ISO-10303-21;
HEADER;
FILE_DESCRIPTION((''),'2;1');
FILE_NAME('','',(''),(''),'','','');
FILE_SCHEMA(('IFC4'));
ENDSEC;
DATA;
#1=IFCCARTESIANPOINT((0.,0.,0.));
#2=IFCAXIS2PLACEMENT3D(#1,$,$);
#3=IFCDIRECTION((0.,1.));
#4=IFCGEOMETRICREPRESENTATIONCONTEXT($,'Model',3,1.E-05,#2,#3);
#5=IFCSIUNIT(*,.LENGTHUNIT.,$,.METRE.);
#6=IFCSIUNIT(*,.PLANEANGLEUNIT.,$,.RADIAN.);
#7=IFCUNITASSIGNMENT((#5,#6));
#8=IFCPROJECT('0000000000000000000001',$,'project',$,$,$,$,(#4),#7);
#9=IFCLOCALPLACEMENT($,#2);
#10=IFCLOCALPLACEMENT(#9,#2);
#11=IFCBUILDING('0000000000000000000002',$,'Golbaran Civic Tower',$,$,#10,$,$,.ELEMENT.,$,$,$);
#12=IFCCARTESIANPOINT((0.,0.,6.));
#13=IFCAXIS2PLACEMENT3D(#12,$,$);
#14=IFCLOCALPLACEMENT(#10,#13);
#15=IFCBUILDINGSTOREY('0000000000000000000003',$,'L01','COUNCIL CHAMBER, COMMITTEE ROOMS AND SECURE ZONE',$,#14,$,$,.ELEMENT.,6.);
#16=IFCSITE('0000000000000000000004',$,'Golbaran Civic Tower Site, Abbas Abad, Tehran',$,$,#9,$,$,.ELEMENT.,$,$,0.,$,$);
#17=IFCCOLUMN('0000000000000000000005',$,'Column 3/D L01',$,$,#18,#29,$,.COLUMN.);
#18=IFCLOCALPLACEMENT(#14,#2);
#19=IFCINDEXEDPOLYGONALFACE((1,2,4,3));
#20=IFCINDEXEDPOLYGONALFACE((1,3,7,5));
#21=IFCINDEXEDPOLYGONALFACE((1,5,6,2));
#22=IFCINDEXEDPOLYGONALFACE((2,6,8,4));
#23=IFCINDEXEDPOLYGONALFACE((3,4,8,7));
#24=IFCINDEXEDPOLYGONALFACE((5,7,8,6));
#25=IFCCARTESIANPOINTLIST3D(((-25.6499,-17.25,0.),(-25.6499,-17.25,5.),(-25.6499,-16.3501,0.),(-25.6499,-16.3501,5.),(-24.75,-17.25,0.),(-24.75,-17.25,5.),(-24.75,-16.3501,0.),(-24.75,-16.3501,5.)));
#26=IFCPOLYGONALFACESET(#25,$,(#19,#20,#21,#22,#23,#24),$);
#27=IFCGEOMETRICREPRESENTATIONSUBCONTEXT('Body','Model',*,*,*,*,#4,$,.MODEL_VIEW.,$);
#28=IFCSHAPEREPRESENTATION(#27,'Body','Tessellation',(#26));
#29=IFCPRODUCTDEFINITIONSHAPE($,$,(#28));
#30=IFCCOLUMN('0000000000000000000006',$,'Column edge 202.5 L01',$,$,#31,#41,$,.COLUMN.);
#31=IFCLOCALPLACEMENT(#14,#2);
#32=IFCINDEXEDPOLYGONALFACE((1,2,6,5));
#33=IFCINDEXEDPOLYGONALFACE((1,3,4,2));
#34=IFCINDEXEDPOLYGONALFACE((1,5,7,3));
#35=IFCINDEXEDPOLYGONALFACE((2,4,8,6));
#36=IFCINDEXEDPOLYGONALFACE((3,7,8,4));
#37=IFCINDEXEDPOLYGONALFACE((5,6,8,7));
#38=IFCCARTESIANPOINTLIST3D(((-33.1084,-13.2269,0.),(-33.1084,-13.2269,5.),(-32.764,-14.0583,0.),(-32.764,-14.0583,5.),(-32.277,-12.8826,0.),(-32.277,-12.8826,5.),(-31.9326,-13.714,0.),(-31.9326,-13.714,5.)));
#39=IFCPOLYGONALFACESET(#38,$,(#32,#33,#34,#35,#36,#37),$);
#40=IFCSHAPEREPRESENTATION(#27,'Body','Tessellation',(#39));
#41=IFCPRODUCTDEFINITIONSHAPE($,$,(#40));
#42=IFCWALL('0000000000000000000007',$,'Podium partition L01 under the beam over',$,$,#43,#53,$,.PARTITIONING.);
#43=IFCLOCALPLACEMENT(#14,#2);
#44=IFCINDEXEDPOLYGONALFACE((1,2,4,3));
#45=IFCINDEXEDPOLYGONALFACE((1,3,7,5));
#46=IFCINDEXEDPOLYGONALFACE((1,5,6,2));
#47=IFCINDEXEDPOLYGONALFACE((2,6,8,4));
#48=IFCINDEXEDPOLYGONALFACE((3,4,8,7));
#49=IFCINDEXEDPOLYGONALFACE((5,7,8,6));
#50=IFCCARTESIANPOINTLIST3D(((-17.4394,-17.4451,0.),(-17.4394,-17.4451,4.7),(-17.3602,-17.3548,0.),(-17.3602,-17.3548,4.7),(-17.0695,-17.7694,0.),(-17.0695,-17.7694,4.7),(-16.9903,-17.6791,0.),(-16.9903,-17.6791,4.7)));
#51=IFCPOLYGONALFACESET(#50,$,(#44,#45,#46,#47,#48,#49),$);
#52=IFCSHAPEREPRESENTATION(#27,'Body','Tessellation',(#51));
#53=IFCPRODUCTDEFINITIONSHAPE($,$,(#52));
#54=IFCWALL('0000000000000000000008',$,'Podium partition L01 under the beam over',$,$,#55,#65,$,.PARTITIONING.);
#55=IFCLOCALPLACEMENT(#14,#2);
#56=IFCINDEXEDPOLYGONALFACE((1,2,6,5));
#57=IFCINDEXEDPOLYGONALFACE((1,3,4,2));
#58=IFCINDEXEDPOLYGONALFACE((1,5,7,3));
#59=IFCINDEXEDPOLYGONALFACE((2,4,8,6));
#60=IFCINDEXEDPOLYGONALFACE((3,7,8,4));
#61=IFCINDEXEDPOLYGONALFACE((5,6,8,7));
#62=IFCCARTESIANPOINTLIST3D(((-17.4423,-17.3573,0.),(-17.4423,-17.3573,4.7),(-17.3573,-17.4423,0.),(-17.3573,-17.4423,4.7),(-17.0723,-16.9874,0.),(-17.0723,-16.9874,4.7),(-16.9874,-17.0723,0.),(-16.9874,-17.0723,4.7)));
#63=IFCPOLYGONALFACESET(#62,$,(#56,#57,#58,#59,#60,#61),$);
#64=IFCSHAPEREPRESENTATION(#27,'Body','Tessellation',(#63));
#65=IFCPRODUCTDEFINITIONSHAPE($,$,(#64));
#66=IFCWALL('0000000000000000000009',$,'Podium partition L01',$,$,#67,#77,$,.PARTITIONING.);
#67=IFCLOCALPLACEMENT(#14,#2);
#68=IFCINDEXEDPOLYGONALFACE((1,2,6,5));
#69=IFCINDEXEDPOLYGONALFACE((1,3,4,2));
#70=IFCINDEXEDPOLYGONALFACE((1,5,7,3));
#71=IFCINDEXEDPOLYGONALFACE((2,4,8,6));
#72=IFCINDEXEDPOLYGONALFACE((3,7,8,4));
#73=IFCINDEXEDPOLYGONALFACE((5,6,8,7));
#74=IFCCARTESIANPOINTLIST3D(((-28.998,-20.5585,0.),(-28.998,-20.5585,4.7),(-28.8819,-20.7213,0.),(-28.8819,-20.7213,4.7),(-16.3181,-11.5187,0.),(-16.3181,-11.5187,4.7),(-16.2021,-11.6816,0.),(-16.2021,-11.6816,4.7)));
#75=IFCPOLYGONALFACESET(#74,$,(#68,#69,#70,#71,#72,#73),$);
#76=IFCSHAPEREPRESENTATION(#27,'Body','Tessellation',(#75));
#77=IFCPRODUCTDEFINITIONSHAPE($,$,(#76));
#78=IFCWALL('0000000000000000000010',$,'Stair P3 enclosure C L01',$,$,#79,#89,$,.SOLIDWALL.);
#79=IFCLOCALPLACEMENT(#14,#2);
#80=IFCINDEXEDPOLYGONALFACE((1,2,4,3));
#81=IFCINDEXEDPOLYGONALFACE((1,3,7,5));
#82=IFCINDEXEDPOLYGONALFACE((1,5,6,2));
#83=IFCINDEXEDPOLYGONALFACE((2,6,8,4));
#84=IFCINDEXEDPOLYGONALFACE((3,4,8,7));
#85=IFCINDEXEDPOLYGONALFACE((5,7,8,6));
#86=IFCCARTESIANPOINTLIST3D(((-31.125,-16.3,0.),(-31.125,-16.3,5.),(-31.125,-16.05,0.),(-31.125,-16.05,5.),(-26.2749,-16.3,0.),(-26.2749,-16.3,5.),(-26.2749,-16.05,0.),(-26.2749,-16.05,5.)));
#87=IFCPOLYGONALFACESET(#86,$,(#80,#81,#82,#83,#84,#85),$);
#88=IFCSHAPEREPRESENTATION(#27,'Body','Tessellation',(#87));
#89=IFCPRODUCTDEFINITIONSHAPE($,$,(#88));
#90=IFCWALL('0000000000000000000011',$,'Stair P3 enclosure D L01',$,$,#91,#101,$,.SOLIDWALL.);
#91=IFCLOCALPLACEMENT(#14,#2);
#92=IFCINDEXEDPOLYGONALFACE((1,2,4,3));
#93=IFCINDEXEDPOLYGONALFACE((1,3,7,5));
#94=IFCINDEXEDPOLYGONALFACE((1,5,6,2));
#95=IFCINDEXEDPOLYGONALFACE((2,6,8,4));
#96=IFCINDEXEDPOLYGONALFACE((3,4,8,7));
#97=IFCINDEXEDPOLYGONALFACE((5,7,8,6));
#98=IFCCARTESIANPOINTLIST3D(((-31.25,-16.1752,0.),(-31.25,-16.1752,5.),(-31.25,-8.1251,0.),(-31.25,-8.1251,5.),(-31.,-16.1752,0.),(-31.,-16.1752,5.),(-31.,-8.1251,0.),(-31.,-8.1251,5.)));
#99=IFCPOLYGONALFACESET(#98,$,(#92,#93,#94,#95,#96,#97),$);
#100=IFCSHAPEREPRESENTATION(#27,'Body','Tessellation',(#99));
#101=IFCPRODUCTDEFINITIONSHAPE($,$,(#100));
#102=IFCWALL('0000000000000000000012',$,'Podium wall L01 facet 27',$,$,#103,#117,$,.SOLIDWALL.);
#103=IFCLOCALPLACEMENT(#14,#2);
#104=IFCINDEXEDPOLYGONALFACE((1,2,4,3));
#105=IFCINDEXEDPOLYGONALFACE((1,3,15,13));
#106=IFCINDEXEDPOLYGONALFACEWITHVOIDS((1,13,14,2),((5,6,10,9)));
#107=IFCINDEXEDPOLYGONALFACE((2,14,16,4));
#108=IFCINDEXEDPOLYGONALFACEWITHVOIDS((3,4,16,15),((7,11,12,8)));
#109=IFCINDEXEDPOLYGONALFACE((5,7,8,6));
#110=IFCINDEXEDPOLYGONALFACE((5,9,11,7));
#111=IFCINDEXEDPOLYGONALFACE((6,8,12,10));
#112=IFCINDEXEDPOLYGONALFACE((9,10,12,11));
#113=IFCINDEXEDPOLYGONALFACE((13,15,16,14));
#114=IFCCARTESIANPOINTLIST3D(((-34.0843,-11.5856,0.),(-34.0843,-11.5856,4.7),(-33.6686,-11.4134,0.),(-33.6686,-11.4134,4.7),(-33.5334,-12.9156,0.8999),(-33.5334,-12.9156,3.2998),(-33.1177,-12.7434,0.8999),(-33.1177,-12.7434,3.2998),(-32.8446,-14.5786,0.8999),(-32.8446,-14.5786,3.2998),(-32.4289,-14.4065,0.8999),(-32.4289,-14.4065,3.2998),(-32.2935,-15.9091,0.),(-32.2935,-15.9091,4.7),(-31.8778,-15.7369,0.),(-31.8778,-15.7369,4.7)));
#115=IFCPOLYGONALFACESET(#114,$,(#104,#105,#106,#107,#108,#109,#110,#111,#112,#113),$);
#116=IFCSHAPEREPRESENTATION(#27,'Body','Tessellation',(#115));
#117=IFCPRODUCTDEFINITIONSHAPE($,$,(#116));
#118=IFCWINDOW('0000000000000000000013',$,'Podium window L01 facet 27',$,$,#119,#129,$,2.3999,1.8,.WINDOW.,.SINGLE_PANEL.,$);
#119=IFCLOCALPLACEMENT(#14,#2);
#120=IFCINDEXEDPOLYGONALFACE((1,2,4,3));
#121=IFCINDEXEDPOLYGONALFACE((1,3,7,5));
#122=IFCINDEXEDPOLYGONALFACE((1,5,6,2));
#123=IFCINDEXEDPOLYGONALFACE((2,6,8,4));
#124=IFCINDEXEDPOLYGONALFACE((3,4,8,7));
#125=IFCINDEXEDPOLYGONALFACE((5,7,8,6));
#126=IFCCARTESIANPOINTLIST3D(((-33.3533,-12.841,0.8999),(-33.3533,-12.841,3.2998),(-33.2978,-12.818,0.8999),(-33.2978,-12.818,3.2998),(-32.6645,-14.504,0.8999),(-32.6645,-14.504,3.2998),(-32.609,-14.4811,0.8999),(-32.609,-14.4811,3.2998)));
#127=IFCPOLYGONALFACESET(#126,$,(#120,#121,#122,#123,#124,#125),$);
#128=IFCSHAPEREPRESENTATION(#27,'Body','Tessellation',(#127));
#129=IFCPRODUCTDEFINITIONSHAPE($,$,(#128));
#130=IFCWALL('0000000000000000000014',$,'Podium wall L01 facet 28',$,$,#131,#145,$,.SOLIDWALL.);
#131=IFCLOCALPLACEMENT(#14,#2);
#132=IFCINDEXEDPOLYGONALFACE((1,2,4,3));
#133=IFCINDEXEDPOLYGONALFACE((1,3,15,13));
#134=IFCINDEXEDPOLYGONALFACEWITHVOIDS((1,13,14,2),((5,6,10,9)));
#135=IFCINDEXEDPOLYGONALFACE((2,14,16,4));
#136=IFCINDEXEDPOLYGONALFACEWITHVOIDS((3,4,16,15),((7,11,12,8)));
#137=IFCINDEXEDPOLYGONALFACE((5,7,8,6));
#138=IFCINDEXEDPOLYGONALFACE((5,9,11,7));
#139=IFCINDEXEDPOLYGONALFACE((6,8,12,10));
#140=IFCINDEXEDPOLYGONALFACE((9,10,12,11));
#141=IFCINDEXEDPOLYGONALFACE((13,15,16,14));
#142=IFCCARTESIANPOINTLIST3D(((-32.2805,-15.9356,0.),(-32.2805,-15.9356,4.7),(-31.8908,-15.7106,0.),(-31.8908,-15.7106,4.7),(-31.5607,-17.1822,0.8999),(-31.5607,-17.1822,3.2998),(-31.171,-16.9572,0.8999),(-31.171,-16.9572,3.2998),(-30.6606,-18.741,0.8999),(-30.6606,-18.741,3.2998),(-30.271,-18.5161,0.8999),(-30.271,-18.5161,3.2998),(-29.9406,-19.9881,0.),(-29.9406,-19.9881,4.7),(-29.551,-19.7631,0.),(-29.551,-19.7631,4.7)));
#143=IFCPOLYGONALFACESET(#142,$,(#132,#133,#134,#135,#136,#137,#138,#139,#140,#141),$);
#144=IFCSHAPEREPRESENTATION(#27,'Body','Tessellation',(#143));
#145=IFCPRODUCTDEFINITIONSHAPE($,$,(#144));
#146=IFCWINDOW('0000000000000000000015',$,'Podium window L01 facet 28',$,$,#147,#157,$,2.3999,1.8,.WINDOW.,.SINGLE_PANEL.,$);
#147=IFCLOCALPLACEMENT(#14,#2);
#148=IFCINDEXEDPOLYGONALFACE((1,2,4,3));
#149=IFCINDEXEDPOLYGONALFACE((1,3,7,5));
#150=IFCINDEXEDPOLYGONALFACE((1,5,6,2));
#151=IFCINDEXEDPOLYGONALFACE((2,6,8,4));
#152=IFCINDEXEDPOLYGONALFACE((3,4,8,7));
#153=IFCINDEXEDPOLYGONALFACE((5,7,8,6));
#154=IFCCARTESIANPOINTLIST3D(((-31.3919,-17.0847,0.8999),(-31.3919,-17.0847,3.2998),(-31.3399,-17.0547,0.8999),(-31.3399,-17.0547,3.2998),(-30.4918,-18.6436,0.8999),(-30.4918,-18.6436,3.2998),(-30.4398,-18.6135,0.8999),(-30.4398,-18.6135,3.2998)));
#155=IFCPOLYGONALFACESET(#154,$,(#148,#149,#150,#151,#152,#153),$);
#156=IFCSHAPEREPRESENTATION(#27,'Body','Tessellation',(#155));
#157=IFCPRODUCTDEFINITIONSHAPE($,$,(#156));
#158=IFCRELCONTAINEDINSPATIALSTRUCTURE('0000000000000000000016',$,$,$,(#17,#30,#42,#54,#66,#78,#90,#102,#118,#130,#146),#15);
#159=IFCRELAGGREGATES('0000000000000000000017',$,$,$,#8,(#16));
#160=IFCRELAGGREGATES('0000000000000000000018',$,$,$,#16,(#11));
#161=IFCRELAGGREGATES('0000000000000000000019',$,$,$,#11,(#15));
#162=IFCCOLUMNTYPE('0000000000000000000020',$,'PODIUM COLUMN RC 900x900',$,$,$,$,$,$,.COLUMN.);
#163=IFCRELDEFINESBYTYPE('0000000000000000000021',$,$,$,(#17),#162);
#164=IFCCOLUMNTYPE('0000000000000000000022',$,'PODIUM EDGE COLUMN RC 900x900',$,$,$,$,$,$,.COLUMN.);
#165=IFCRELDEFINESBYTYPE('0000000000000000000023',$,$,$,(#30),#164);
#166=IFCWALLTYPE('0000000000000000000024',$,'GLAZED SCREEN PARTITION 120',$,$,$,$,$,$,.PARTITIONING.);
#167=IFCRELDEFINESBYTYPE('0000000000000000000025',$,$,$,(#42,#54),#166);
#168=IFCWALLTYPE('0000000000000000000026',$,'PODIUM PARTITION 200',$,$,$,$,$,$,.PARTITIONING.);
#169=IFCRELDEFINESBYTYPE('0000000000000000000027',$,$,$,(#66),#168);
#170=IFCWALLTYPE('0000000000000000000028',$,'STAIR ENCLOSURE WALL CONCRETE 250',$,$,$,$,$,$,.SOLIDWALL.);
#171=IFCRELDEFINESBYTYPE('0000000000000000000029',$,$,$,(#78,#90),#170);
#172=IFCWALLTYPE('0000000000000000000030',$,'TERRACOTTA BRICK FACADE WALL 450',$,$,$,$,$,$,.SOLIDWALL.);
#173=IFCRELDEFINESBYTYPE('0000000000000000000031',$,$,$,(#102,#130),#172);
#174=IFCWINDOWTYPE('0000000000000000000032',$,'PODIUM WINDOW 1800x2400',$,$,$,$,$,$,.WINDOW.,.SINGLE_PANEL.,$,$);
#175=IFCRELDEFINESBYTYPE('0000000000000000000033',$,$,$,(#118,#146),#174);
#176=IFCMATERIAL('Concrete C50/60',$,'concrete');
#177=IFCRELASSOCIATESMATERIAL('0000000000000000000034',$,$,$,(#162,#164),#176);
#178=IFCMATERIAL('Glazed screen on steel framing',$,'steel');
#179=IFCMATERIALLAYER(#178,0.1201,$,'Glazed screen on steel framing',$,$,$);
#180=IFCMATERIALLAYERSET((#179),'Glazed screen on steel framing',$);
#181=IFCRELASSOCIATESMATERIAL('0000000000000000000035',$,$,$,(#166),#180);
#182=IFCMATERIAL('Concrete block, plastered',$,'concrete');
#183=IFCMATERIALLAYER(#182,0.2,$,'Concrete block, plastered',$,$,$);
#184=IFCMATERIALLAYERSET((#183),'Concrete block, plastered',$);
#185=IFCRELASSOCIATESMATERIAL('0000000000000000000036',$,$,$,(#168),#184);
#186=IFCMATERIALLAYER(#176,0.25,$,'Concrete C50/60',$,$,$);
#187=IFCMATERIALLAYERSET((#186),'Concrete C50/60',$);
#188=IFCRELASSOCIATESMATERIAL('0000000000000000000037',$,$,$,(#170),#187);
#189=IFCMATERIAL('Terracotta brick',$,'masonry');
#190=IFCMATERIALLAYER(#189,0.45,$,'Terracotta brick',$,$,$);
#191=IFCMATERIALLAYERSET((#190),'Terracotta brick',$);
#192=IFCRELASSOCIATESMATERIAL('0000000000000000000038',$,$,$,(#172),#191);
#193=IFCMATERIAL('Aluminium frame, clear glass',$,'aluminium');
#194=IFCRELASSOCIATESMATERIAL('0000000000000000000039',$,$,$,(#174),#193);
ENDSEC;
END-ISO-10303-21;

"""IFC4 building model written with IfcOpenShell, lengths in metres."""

from ifc_helpers import new_model, si_unit, direction, frame, frame_2d, origin, origin_2d, place, context, subcontext, project, spatial, rectangle, extrude, material, layer, layer_set, material_profile, profile_set, type_object, element, fill, save


model = new_model("IFC4")

# Units and contexts
model_context = context("Model", 3, precision=1e-05, world=origin(), true_north=direction((0.0, 1.0)))
body_context = subcontext(model_context, "Body", "Model", "MODEL_VIEW")
ifc_project = project(units=[si_unit("LENGTHUNIT", "METRE"), si_unit("PLANEANGLEUNIT", "RADIAN")], contexts=[model_context])

# Site, building, storey
site_placement = place(None, origin())
site = spatial("IfcSite", under=ifc_project, at=site_placement, Name="Golbaran Civic Tower Site, Abbas Abad, Tehran", CompositionType="ELEMENT", RefElevation=0.0)
building_placement = place(site_placement, origin())
building = spatial("IfcBuilding", under=site, at=building_placement, Name="Golbaran Civic Tower", CompositionType="ELEMENT")
storey_placement = place(building_placement, frame((0.0, 0.0, 6.0)))
storey = spatial("IfcBuildingStorey", under=building, at=storey_placement, Name="L01", Description="COUNCIL CHAMBER, COMMITTEE ROOMS AND SECURE ZONE", CompositionType="ELEMENT", Elevation=6.0)

# Columns
ifc_material_1 = material(Name="Concrete C50/60", Category="concrete")
ifc_material_profile_1 = material_profile(ifc_material_1, rectangle(XDim=0.8999, YDim=0.8999, at=origin_2d()), Name="RC 900x900")
ifc_profile_set_1 = profile_set([ifc_material_profile_1], Name="Concrete C50/60")
column_type_1 = type_object("IfcColumnType", Name="PODIUM COLUMN RC 900x900", PredefinedType="COLUMN", material=ifc_profile_set_1)
column_1_placement = place(storey_placement, frame((-25.2, -16.8, 0.0), z_axis=(0.0, 0.0, 1.0), x_axis=(1.0, 0.0, 0.0)))
element("IfcColumn", 1, at=column_1_placement, inside=storey, type_object=column_type_1, Name="Column 3/D L01", PredefinedType="COLUMN", context=body_context, shape_type="SweptSolid", body=[
    extrude(rectangle(XDim=0.8999, YDim=0.8999, at=origin_2d()), origin(), (0.0, 0.0, 1.0), 5.0),
])
ifc_material_profile_2 = material_profile(ifc_material_1, rectangle(XDim=0.8999, YDim=0.8999, at=origin_2d()), Name="RC 900x900")
ifc_profile_set_2 = profile_set([ifc_material_profile_2], Name="Concrete C50/60")
column_type_2 = type_object("IfcColumnType", Name="PODIUM EDGE COLUMN RC 900x900", PredefinedType="COLUMN", material=ifc_profile_set_2)
column_2_placement = place(storey_placement, frame((-32.5205, -13.4705, 0.0), z_axis=(0.0, 0.0, 1.0), x_axis=(-0.92388, -0.382683, 0.0)))
element("IfcColumn", 2, at=column_2_placement, inside=storey, type_object=column_type_2, Name="Column edge 202.5 L01", PredefinedType="COLUMN", context=body_context, shape_type="SweptSolid", body=[
    extrude(rectangle(XDim=0.8999, YDim=0.8999, at=origin_2d()), origin(), (0.0, 0.0, 1.0), 5.0),
])

# Walls
ifc_material_2 = material(Name="Glazed screen on steel framing", Category="steel")
ifc_layer_1 = layer(ifc_material_2, 0.1201, Name="Glazed screen on steel framing")
ifc_layer_set_1 = layer_set([ifc_layer_1], Name="Glazed screen on steel framing")
wall_type_1 = type_object("IfcWallType", Name="GLAZED SCREEN PARTITION 120", PredefinedType="PARTITIONING", material=ifc_layer_set_1)
wall_1_placement = place(storey_placement, frame((-17.3999, -17.3999, 0.0), z_axis=(0.0, 0.0, 1.0), x_axis=(0.751992, -0.659172, 0.0)))
element("IfcWall", 3, at=wall_1_placement, inside=storey, type_object=wall_type_1, Name="Podium partition L01 under the beam over", PredefinedType="PARTITIONING", context=body_context, shape_type="SweptSolid", body=[
    extrude(rectangle(XDim=0.4919, YDim=0.1201, at=frame_2d((0.2461, 0.0))), origin(), (0.0, 0.0, 1.0), 4.7),
])
wall_2_placement = place(storey_placement, frame((-17.3999, -17.3999, 0.0), z_axis=(0.0, 0.0, 1.0), x_axis=(0.707107, 0.707107, 0.0)))
element("IfcWall", 4, at=wall_2_placement, inside=storey, type_object=wall_type_1, Name="Podium partition L01 under the beam over", PredefinedType="PARTITIONING", context=body_context, shape_type="SweptSolid", body=[
    extrude(rectangle(XDim=0.5232, YDim=0.1201, at=frame_2d((0.2617, 0.0))), origin(), (0.0, 0.0, 1.0), 4.7),
])
ifc_material_3 = material(Name="Concrete block, plastered", Category="concrete")
ifc_layer_2 = layer(ifc_material_3, 0.2, Name="Concrete block, plastered")
ifc_layer_set_2 = layer_set([ifc_layer_2], Name="Concrete block, plastered")
wall_type_2 = type_object("IfcWallType", Name="PODIUM PARTITION 200", PredefinedType="PARTITIONING", material=ifc_layer_set_2)
wall_3_placement = place(storey_placement, frame((-28.9399, -20.6399, 0.0), z_axis=(0.0, 0.0, 1.0), x_axis=(0.814259, 0.580502, 0.0)))
element("IfcWall", 5, at=wall_3_placement, inside=storey, type_object=wall_type_2, Name="Podium partition L01", PredefinedType="PARTITIONING", context=body_context, shape_type="SweptSolid", body=[
    extrude(rectangle(XDim=15.5723, YDim=0.2, at=frame_2d((7.7861, 0.0))), origin(), (0.0, 0.0, 1.0), 4.7),
])
ifc_layer_3 = layer(ifc_material_1, 0.25, Name="Concrete C50/60")
ifc_layer_set_3 = layer_set([ifc_layer_3], Name="Concrete C50/60")
wall_type_3 = type_object("IfcWallType", Name="STAIR ENCLOSURE WALL CONCRETE 250", PredefinedType="SOLIDWALL", material=ifc_layer_set_3)
wall_4_placement = place(storey_placement, frame((-26.2749, -16.175, 0.0), z_axis=(0.0, 0.0, 1.0), x_axis=(-1.0, 0.0, 0.0)))
element("IfcWall", 6, at=wall_4_placement, inside=storey, type_object=wall_type_3, Name="Stair P3 enclosure C L01", PredefinedType="SOLIDWALL", context=body_context, shape_type="SweptSolid", body=[
    extrude(rectangle(XDim=4.8501, YDim=0.25, at=frame_2d((2.425, 0.0))), origin(), (0.0, 0.0, 1.0), 5.0),
])
wall_5_placement = place(storey_placement, frame((-31.125, -16.175, 0.0), z_axis=(0.0, 0.0, 1.0), x_axis=(0.0, 1.0, 0.0)))
element("IfcWall", 7, at=wall_5_placement, inside=storey, type_object=wall_type_3, Name="Stair P3 enclosure D L01", PredefinedType="SOLIDWALL", context=body_context, shape_type="SweptSolid", body=[
    extrude(rectangle(XDim=8.05, YDim=0.25, at=frame_2d((4.0249, 0.0))), origin(), (0.0, 0.0, 1.0), 5.0),
])

# Walls, openings, windows
ifc_material_4 = material(Name="Terracotta brick", Category="masonry")
ifc_layer_4 = layer(ifc_material_4, 0.45, Name="Terracotta brick")
ifc_layer_set_4 = layer_set([ifc_layer_4], Name="Terracotta brick")
wall_type_4 = type_object("IfcWallType", Name="TERRACOTTA BRICK FACADE WALL 450", PredefinedType="SOLIDWALL", material=ifc_layer_set_4)
wall_6_placement = place(storey_placement, frame((-33.8765, -11.4995, 0.0), z_axis=(0.0, 0.0, 1.0), x_axis=(0.38267, -0.923885, 0.0)))
wall_6 = element("IfcWall", 8, at=wall_6_placement, inside=storey, type_object=wall_type_4, Name="Podium wall L01 facet 27", PredefinedType="SOLIDWALL", context=body_context, shape_type="SweptSolid", body=[
    extrude(rectangle(XDim=4.6797, YDim=0.45, at=frame_2d((2.3398, 0.0))), origin(), (0.0, 0.0, 1.0), 4.7),
])
opening_1_placement = place(wall_6_placement, frame((1.4397, 0.0, 0.8999)))
opening_1 = element("IfcOpeningElement", 9, at=opening_1_placement, cuts=wall_6, PredefinedType="OPENING", context=body_context, shape_type="SweptSolid", body=[
    extrude(rectangle(XDim=1.8, YDim=2.3999, at=frame_2d((0.8999, 1.2))), frame((0.0, 0.2349, 0.0), z_axis=(0.0, -1.0, 0.0), x_axis=(1.0, 0.0, 0.0)), (0.0, 0.0, 1.0), 0.47),
])
ifc_material_5 = material(Name="Aluminium frame, clear glass", Category="aluminium")
window_type = type_object("IfcWindowType", Name="PODIUM WINDOW 1800x2400", PartitioningType="SINGLE_PANEL", PredefinedType="WINDOW", material=ifc_material_5)
window_1_placement = place(opening_1_placement, origin())
window_1 = element("IfcWindow", 10, at=window_1_placement, inside=storey, type_object=window_type, Name="Podium window L01 facet 27", OverallHeight=2.3999, OverallWidth=1.8, PartitioningType="SINGLE_PANEL", PredefinedType="WINDOW", context=body_context, shape_type="SweptSolid", body=[
    extrude(rectangle(XDim=1.8, YDim=2.3999, at=frame_2d((0.8999, 1.2))), frame((0.0, 0.03, 0.0), z_axis=(0.0, -1.0, 0.0), x_axis=(1.0, 0.0, 0.0)), (0.0, 0.0, 1.0), 0.0601),
])
fill(opening_1, window_1)
wall_7_placement = place(storey_placement, frame((-32.0857, -15.823, 0.0), z_axis=(0.0, 0.0, 1.0), x_axis=(0.500022, -0.866013, 0.0)))
wall_7 = element("IfcWall", 11, at=wall_7_placement, inside=storey, type_object=wall_type_4, Name="Podium wall L01 facet 28", PredefinedType="SOLIDWALL", context=body_context, shape_type="SweptSolid", body=[
    extrude(rectangle(XDim=4.6794, YDim=0.45, at=frame_2d((2.3398, 0.0))), origin(), (0.0, 0.0, 1.0), 4.7),
])
opening_2_placement = place(wall_7_placement, frame((1.4397, 0.0, 0.8999)))
opening_2 = element("IfcOpeningElement", 12, at=opening_2_placement, cuts=wall_7, PredefinedType="OPENING", context=body_context, shape_type="SweptSolid", body=[
    extrude(rectangle(XDim=1.8, YDim=2.3999, at=frame_2d((0.8999, 1.2))), frame((0.0, 0.2349, 0.0), z_axis=(0.0, -1.0, 0.0), x_axis=(1.0, 0.0, 0.0)), (0.0, 0.0, 1.0), 0.47),
])
window_2_placement = place(opening_2_placement, origin())
window_2 = element("IfcWindow", 13, at=window_2_placement, inside=storey, type_object=window_type, Name="Podium window L01 facet 28", OverallHeight=2.3999, OverallWidth=1.8, PartitioningType="SINGLE_PANEL", PredefinedType="WINDOW", context=body_context, shape_type="SweptSolid", body=[
    extrude(rectangle(XDim=1.8, YDim=2.3999, at=frame_2d((0.8999, 1.2))), frame((0.0, 0.03, 0.0), z_axis=(0.0, -1.0, 0.0), x_axis=(1.0, 0.0, 0.0)), (0.0, 0.0, 1.0), 0.0601),
])
fill(opening_2, window_2)

save(model, "model.ifc")
